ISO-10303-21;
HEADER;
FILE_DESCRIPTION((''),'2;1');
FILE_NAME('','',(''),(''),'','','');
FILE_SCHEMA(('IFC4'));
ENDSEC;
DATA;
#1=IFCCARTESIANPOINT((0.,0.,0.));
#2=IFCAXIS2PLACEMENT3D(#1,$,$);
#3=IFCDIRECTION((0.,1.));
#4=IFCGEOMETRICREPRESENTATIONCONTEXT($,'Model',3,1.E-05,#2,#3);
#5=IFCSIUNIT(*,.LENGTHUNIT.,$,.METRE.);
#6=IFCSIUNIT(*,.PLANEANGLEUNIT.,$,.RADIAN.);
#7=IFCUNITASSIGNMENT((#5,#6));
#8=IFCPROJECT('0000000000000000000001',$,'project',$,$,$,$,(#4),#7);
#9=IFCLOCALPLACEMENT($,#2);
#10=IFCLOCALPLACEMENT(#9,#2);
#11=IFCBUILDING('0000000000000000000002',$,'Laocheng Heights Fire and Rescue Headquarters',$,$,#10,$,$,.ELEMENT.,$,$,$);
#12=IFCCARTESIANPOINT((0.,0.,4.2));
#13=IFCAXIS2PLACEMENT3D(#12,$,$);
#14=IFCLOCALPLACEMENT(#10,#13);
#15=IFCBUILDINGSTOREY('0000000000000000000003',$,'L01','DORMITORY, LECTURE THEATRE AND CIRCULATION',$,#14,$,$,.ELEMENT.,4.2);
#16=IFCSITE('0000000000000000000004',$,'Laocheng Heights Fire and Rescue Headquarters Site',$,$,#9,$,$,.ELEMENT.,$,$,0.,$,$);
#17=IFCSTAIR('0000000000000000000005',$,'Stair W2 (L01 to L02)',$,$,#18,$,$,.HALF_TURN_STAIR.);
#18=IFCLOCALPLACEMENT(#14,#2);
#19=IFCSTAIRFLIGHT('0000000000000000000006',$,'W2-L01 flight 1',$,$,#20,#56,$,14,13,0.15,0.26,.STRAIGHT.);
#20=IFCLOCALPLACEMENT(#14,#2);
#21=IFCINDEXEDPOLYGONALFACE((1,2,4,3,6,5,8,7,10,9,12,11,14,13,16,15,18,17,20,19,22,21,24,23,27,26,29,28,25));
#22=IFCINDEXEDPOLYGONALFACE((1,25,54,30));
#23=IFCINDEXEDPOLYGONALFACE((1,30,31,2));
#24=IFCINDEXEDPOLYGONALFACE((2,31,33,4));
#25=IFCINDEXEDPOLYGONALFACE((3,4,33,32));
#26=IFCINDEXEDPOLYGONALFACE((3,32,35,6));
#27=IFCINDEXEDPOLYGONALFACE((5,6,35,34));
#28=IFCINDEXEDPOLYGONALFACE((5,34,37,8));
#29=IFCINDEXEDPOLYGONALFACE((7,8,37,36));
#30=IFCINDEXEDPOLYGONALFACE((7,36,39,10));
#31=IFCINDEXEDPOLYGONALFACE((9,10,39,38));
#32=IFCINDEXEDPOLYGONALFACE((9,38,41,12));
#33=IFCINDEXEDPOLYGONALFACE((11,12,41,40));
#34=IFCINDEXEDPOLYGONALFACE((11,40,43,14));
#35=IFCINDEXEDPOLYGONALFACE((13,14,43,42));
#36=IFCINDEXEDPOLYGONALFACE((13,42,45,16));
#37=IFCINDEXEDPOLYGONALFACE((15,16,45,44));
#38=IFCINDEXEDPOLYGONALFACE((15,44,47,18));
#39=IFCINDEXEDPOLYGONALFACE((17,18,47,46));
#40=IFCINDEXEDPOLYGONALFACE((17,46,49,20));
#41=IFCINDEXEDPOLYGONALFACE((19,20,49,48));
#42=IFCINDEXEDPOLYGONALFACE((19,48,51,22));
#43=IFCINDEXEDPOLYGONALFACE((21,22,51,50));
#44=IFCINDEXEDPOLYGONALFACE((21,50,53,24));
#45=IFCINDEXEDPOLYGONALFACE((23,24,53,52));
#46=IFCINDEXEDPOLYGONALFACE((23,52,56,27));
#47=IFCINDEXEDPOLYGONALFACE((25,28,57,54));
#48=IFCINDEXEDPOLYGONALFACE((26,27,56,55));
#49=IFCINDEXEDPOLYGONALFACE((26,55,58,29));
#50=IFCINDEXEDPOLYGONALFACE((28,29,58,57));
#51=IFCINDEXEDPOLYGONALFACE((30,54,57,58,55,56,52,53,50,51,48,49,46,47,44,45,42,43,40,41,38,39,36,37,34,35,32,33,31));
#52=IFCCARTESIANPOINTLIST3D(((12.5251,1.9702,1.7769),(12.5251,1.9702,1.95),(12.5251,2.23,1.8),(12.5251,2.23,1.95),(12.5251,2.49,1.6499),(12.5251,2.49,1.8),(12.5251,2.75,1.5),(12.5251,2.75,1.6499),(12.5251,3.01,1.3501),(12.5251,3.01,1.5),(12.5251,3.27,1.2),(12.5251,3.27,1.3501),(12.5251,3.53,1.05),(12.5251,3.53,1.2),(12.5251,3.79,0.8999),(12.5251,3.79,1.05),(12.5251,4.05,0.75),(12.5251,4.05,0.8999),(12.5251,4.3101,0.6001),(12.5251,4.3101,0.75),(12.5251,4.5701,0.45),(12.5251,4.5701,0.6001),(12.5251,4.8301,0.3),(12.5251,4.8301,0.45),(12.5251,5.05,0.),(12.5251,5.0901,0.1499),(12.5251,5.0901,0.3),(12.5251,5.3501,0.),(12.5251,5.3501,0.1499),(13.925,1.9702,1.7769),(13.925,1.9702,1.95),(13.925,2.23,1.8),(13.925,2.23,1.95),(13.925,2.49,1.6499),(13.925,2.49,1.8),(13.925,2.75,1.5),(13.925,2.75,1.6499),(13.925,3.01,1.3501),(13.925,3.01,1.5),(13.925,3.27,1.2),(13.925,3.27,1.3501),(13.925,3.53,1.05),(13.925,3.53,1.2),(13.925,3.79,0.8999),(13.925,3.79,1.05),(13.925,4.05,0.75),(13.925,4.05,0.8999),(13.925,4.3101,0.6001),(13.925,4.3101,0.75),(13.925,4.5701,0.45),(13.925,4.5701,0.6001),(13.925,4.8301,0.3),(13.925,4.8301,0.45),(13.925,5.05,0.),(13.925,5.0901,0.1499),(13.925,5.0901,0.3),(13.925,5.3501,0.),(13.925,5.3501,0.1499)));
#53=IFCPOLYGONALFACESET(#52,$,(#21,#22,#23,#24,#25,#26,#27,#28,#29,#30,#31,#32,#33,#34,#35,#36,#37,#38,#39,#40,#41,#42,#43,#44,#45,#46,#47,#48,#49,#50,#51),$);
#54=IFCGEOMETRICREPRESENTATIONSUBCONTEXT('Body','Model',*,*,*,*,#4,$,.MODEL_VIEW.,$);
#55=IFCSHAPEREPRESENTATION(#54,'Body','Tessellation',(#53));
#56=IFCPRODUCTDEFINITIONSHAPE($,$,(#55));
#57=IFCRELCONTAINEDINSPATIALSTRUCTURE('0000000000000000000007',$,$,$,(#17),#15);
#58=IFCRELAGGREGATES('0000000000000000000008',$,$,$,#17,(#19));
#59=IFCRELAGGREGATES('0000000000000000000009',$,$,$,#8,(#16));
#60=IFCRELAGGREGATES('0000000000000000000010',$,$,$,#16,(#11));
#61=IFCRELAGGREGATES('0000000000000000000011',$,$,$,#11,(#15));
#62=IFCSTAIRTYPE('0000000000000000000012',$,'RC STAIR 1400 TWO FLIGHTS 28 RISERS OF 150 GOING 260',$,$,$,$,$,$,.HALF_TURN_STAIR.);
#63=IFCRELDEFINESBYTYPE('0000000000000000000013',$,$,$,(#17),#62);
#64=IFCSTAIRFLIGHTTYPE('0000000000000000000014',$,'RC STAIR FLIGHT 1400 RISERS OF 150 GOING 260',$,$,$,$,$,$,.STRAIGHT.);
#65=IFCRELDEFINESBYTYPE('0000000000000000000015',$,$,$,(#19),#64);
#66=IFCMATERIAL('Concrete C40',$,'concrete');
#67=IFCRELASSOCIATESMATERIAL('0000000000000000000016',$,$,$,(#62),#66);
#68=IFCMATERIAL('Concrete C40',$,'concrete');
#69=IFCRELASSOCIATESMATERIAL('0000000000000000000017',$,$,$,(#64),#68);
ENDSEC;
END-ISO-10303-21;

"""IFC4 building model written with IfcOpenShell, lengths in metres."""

from ifc_helpers import new_model, si_unit, direction, frame, origin, place, context, subcontext, project, spatial, polyline, outline, extrude, material, type_object, element, aggregate, save


model = new_model("IFC4")

# Units and contexts
model_context = context("Model", 3, precision=1e-05, world=origin(), true_north=direction((0.0, 1.0)))
body_context = subcontext(model_context, "Body", "Model", "MODEL_VIEW")
ifc_project = project(units=[si_unit("LENGTHUNIT", "METRE"), si_unit("PLANEANGLEUNIT", "RADIAN")], contexts=[model_context])

# Site, building, storey
site_placement = place(None, origin())
site = spatial("IfcSite", under=ifc_project, at=site_placement, Name="Laocheng Heights Fire and Rescue Headquarters Site", CompositionType="ELEMENT", RefElevation=0.0)
building_placement = place(site_placement, origin())
building = spatial("IfcBuilding", under=site, at=building_placement, Name="Laocheng Heights Fire and Rescue Headquarters", CompositionType="ELEMENT")
storey_placement = place(building_placement, frame((0.0, 0.0, 4.2)))
storey = spatial("IfcBuildingStorey", under=building, at=storey_placement, Name="L01", Description="DORMITORY, LECTURE THEATRE AND CIRCULATION", CompositionType="ELEMENT", Elevation=4.2)

# Stair, stair flight
ifc_material_1 = material(Name="Concrete C40", Category="concrete")
stair_type = type_object("IfcStairType", Name="RC STAIR 1400 TWO FLIGHTS 28 RISERS OF 150 GOING 260", PredefinedType="HALF_TURN_STAIR", material=ifc_material_1)
stair_placement = place(storey_placement, origin())
stair = element("IfcStair", 1, at=stair_placement, inside=storey, type_object=stair_type, Name="Stair W2 (L01 to L02)", PredefinedType="HALF_TURN_STAIR")
ifc_material_2 = material(Name="Concrete C40", Category="concrete")
stair_flight_type = type_object("IfcStairFlightType", Name="RC STAIR FLIGHT 1400 RISERS OF 150 GOING 260", PredefinedType="STRAIGHT", material=ifc_material_2)
stair_flight_placement = place(storey_placement, frame((13.2251, 5.3501, 0.0), z_axis=(0.0, 0.0, 1.0), x_axis=(0.0, -1.0, 0.0)))
stair_flight = element("IfcStairFlight", 2, at=stair_flight_placement, type_object=stair_flight_type, Name="W2-L01 flight 1", NumberOfRisers=14, NumberOfTreads=13, PredefinedType="STRAIGHT", RiserHeight=0.15, TreadLength=0.26, context=body_context, shape_type="SweptSolid", body=[
    extrude(outline(polyline([(0.0, 0.0), (0.0, 0.1499), (0.26, 0.1499), (0.26, 0.3), (0.52, 0.3), (0.52, 0.45), (0.78, 0.45), (0.78, 0.6001), (1.04, 0.6001), (1.04, 0.75), (1.3, 0.75), (1.3, 0.8999), (1.5601, 0.8999), (1.5601, 1.05), (1.8201, 1.05), (1.8201, 1.2), (2.0801, 1.2), (2.0801, 1.3501), (2.3401, 1.3501), (2.3401, 1.5), (2.6001, 1.5), (2.6001, 1.6499), (2.8601, 1.6499), (2.8601, 1.8), (3.1201, 1.8), (3.1201, 1.95), (3.3799, 1.95), (3.3799, 2.1001), (3.3799, 1.7769), (0.3, 0.0), (0.0, 0.0)])), frame((0.0, 0.7, 0.0), z_axis=(0.0, -1.0, 0.0), x_axis=(1.0, 0.0, 0.0)), (0.0, 0.0, 1.0), 1.3999),
])
aggregate(stair, [stair_flight])

save(model, "model.ifc")
